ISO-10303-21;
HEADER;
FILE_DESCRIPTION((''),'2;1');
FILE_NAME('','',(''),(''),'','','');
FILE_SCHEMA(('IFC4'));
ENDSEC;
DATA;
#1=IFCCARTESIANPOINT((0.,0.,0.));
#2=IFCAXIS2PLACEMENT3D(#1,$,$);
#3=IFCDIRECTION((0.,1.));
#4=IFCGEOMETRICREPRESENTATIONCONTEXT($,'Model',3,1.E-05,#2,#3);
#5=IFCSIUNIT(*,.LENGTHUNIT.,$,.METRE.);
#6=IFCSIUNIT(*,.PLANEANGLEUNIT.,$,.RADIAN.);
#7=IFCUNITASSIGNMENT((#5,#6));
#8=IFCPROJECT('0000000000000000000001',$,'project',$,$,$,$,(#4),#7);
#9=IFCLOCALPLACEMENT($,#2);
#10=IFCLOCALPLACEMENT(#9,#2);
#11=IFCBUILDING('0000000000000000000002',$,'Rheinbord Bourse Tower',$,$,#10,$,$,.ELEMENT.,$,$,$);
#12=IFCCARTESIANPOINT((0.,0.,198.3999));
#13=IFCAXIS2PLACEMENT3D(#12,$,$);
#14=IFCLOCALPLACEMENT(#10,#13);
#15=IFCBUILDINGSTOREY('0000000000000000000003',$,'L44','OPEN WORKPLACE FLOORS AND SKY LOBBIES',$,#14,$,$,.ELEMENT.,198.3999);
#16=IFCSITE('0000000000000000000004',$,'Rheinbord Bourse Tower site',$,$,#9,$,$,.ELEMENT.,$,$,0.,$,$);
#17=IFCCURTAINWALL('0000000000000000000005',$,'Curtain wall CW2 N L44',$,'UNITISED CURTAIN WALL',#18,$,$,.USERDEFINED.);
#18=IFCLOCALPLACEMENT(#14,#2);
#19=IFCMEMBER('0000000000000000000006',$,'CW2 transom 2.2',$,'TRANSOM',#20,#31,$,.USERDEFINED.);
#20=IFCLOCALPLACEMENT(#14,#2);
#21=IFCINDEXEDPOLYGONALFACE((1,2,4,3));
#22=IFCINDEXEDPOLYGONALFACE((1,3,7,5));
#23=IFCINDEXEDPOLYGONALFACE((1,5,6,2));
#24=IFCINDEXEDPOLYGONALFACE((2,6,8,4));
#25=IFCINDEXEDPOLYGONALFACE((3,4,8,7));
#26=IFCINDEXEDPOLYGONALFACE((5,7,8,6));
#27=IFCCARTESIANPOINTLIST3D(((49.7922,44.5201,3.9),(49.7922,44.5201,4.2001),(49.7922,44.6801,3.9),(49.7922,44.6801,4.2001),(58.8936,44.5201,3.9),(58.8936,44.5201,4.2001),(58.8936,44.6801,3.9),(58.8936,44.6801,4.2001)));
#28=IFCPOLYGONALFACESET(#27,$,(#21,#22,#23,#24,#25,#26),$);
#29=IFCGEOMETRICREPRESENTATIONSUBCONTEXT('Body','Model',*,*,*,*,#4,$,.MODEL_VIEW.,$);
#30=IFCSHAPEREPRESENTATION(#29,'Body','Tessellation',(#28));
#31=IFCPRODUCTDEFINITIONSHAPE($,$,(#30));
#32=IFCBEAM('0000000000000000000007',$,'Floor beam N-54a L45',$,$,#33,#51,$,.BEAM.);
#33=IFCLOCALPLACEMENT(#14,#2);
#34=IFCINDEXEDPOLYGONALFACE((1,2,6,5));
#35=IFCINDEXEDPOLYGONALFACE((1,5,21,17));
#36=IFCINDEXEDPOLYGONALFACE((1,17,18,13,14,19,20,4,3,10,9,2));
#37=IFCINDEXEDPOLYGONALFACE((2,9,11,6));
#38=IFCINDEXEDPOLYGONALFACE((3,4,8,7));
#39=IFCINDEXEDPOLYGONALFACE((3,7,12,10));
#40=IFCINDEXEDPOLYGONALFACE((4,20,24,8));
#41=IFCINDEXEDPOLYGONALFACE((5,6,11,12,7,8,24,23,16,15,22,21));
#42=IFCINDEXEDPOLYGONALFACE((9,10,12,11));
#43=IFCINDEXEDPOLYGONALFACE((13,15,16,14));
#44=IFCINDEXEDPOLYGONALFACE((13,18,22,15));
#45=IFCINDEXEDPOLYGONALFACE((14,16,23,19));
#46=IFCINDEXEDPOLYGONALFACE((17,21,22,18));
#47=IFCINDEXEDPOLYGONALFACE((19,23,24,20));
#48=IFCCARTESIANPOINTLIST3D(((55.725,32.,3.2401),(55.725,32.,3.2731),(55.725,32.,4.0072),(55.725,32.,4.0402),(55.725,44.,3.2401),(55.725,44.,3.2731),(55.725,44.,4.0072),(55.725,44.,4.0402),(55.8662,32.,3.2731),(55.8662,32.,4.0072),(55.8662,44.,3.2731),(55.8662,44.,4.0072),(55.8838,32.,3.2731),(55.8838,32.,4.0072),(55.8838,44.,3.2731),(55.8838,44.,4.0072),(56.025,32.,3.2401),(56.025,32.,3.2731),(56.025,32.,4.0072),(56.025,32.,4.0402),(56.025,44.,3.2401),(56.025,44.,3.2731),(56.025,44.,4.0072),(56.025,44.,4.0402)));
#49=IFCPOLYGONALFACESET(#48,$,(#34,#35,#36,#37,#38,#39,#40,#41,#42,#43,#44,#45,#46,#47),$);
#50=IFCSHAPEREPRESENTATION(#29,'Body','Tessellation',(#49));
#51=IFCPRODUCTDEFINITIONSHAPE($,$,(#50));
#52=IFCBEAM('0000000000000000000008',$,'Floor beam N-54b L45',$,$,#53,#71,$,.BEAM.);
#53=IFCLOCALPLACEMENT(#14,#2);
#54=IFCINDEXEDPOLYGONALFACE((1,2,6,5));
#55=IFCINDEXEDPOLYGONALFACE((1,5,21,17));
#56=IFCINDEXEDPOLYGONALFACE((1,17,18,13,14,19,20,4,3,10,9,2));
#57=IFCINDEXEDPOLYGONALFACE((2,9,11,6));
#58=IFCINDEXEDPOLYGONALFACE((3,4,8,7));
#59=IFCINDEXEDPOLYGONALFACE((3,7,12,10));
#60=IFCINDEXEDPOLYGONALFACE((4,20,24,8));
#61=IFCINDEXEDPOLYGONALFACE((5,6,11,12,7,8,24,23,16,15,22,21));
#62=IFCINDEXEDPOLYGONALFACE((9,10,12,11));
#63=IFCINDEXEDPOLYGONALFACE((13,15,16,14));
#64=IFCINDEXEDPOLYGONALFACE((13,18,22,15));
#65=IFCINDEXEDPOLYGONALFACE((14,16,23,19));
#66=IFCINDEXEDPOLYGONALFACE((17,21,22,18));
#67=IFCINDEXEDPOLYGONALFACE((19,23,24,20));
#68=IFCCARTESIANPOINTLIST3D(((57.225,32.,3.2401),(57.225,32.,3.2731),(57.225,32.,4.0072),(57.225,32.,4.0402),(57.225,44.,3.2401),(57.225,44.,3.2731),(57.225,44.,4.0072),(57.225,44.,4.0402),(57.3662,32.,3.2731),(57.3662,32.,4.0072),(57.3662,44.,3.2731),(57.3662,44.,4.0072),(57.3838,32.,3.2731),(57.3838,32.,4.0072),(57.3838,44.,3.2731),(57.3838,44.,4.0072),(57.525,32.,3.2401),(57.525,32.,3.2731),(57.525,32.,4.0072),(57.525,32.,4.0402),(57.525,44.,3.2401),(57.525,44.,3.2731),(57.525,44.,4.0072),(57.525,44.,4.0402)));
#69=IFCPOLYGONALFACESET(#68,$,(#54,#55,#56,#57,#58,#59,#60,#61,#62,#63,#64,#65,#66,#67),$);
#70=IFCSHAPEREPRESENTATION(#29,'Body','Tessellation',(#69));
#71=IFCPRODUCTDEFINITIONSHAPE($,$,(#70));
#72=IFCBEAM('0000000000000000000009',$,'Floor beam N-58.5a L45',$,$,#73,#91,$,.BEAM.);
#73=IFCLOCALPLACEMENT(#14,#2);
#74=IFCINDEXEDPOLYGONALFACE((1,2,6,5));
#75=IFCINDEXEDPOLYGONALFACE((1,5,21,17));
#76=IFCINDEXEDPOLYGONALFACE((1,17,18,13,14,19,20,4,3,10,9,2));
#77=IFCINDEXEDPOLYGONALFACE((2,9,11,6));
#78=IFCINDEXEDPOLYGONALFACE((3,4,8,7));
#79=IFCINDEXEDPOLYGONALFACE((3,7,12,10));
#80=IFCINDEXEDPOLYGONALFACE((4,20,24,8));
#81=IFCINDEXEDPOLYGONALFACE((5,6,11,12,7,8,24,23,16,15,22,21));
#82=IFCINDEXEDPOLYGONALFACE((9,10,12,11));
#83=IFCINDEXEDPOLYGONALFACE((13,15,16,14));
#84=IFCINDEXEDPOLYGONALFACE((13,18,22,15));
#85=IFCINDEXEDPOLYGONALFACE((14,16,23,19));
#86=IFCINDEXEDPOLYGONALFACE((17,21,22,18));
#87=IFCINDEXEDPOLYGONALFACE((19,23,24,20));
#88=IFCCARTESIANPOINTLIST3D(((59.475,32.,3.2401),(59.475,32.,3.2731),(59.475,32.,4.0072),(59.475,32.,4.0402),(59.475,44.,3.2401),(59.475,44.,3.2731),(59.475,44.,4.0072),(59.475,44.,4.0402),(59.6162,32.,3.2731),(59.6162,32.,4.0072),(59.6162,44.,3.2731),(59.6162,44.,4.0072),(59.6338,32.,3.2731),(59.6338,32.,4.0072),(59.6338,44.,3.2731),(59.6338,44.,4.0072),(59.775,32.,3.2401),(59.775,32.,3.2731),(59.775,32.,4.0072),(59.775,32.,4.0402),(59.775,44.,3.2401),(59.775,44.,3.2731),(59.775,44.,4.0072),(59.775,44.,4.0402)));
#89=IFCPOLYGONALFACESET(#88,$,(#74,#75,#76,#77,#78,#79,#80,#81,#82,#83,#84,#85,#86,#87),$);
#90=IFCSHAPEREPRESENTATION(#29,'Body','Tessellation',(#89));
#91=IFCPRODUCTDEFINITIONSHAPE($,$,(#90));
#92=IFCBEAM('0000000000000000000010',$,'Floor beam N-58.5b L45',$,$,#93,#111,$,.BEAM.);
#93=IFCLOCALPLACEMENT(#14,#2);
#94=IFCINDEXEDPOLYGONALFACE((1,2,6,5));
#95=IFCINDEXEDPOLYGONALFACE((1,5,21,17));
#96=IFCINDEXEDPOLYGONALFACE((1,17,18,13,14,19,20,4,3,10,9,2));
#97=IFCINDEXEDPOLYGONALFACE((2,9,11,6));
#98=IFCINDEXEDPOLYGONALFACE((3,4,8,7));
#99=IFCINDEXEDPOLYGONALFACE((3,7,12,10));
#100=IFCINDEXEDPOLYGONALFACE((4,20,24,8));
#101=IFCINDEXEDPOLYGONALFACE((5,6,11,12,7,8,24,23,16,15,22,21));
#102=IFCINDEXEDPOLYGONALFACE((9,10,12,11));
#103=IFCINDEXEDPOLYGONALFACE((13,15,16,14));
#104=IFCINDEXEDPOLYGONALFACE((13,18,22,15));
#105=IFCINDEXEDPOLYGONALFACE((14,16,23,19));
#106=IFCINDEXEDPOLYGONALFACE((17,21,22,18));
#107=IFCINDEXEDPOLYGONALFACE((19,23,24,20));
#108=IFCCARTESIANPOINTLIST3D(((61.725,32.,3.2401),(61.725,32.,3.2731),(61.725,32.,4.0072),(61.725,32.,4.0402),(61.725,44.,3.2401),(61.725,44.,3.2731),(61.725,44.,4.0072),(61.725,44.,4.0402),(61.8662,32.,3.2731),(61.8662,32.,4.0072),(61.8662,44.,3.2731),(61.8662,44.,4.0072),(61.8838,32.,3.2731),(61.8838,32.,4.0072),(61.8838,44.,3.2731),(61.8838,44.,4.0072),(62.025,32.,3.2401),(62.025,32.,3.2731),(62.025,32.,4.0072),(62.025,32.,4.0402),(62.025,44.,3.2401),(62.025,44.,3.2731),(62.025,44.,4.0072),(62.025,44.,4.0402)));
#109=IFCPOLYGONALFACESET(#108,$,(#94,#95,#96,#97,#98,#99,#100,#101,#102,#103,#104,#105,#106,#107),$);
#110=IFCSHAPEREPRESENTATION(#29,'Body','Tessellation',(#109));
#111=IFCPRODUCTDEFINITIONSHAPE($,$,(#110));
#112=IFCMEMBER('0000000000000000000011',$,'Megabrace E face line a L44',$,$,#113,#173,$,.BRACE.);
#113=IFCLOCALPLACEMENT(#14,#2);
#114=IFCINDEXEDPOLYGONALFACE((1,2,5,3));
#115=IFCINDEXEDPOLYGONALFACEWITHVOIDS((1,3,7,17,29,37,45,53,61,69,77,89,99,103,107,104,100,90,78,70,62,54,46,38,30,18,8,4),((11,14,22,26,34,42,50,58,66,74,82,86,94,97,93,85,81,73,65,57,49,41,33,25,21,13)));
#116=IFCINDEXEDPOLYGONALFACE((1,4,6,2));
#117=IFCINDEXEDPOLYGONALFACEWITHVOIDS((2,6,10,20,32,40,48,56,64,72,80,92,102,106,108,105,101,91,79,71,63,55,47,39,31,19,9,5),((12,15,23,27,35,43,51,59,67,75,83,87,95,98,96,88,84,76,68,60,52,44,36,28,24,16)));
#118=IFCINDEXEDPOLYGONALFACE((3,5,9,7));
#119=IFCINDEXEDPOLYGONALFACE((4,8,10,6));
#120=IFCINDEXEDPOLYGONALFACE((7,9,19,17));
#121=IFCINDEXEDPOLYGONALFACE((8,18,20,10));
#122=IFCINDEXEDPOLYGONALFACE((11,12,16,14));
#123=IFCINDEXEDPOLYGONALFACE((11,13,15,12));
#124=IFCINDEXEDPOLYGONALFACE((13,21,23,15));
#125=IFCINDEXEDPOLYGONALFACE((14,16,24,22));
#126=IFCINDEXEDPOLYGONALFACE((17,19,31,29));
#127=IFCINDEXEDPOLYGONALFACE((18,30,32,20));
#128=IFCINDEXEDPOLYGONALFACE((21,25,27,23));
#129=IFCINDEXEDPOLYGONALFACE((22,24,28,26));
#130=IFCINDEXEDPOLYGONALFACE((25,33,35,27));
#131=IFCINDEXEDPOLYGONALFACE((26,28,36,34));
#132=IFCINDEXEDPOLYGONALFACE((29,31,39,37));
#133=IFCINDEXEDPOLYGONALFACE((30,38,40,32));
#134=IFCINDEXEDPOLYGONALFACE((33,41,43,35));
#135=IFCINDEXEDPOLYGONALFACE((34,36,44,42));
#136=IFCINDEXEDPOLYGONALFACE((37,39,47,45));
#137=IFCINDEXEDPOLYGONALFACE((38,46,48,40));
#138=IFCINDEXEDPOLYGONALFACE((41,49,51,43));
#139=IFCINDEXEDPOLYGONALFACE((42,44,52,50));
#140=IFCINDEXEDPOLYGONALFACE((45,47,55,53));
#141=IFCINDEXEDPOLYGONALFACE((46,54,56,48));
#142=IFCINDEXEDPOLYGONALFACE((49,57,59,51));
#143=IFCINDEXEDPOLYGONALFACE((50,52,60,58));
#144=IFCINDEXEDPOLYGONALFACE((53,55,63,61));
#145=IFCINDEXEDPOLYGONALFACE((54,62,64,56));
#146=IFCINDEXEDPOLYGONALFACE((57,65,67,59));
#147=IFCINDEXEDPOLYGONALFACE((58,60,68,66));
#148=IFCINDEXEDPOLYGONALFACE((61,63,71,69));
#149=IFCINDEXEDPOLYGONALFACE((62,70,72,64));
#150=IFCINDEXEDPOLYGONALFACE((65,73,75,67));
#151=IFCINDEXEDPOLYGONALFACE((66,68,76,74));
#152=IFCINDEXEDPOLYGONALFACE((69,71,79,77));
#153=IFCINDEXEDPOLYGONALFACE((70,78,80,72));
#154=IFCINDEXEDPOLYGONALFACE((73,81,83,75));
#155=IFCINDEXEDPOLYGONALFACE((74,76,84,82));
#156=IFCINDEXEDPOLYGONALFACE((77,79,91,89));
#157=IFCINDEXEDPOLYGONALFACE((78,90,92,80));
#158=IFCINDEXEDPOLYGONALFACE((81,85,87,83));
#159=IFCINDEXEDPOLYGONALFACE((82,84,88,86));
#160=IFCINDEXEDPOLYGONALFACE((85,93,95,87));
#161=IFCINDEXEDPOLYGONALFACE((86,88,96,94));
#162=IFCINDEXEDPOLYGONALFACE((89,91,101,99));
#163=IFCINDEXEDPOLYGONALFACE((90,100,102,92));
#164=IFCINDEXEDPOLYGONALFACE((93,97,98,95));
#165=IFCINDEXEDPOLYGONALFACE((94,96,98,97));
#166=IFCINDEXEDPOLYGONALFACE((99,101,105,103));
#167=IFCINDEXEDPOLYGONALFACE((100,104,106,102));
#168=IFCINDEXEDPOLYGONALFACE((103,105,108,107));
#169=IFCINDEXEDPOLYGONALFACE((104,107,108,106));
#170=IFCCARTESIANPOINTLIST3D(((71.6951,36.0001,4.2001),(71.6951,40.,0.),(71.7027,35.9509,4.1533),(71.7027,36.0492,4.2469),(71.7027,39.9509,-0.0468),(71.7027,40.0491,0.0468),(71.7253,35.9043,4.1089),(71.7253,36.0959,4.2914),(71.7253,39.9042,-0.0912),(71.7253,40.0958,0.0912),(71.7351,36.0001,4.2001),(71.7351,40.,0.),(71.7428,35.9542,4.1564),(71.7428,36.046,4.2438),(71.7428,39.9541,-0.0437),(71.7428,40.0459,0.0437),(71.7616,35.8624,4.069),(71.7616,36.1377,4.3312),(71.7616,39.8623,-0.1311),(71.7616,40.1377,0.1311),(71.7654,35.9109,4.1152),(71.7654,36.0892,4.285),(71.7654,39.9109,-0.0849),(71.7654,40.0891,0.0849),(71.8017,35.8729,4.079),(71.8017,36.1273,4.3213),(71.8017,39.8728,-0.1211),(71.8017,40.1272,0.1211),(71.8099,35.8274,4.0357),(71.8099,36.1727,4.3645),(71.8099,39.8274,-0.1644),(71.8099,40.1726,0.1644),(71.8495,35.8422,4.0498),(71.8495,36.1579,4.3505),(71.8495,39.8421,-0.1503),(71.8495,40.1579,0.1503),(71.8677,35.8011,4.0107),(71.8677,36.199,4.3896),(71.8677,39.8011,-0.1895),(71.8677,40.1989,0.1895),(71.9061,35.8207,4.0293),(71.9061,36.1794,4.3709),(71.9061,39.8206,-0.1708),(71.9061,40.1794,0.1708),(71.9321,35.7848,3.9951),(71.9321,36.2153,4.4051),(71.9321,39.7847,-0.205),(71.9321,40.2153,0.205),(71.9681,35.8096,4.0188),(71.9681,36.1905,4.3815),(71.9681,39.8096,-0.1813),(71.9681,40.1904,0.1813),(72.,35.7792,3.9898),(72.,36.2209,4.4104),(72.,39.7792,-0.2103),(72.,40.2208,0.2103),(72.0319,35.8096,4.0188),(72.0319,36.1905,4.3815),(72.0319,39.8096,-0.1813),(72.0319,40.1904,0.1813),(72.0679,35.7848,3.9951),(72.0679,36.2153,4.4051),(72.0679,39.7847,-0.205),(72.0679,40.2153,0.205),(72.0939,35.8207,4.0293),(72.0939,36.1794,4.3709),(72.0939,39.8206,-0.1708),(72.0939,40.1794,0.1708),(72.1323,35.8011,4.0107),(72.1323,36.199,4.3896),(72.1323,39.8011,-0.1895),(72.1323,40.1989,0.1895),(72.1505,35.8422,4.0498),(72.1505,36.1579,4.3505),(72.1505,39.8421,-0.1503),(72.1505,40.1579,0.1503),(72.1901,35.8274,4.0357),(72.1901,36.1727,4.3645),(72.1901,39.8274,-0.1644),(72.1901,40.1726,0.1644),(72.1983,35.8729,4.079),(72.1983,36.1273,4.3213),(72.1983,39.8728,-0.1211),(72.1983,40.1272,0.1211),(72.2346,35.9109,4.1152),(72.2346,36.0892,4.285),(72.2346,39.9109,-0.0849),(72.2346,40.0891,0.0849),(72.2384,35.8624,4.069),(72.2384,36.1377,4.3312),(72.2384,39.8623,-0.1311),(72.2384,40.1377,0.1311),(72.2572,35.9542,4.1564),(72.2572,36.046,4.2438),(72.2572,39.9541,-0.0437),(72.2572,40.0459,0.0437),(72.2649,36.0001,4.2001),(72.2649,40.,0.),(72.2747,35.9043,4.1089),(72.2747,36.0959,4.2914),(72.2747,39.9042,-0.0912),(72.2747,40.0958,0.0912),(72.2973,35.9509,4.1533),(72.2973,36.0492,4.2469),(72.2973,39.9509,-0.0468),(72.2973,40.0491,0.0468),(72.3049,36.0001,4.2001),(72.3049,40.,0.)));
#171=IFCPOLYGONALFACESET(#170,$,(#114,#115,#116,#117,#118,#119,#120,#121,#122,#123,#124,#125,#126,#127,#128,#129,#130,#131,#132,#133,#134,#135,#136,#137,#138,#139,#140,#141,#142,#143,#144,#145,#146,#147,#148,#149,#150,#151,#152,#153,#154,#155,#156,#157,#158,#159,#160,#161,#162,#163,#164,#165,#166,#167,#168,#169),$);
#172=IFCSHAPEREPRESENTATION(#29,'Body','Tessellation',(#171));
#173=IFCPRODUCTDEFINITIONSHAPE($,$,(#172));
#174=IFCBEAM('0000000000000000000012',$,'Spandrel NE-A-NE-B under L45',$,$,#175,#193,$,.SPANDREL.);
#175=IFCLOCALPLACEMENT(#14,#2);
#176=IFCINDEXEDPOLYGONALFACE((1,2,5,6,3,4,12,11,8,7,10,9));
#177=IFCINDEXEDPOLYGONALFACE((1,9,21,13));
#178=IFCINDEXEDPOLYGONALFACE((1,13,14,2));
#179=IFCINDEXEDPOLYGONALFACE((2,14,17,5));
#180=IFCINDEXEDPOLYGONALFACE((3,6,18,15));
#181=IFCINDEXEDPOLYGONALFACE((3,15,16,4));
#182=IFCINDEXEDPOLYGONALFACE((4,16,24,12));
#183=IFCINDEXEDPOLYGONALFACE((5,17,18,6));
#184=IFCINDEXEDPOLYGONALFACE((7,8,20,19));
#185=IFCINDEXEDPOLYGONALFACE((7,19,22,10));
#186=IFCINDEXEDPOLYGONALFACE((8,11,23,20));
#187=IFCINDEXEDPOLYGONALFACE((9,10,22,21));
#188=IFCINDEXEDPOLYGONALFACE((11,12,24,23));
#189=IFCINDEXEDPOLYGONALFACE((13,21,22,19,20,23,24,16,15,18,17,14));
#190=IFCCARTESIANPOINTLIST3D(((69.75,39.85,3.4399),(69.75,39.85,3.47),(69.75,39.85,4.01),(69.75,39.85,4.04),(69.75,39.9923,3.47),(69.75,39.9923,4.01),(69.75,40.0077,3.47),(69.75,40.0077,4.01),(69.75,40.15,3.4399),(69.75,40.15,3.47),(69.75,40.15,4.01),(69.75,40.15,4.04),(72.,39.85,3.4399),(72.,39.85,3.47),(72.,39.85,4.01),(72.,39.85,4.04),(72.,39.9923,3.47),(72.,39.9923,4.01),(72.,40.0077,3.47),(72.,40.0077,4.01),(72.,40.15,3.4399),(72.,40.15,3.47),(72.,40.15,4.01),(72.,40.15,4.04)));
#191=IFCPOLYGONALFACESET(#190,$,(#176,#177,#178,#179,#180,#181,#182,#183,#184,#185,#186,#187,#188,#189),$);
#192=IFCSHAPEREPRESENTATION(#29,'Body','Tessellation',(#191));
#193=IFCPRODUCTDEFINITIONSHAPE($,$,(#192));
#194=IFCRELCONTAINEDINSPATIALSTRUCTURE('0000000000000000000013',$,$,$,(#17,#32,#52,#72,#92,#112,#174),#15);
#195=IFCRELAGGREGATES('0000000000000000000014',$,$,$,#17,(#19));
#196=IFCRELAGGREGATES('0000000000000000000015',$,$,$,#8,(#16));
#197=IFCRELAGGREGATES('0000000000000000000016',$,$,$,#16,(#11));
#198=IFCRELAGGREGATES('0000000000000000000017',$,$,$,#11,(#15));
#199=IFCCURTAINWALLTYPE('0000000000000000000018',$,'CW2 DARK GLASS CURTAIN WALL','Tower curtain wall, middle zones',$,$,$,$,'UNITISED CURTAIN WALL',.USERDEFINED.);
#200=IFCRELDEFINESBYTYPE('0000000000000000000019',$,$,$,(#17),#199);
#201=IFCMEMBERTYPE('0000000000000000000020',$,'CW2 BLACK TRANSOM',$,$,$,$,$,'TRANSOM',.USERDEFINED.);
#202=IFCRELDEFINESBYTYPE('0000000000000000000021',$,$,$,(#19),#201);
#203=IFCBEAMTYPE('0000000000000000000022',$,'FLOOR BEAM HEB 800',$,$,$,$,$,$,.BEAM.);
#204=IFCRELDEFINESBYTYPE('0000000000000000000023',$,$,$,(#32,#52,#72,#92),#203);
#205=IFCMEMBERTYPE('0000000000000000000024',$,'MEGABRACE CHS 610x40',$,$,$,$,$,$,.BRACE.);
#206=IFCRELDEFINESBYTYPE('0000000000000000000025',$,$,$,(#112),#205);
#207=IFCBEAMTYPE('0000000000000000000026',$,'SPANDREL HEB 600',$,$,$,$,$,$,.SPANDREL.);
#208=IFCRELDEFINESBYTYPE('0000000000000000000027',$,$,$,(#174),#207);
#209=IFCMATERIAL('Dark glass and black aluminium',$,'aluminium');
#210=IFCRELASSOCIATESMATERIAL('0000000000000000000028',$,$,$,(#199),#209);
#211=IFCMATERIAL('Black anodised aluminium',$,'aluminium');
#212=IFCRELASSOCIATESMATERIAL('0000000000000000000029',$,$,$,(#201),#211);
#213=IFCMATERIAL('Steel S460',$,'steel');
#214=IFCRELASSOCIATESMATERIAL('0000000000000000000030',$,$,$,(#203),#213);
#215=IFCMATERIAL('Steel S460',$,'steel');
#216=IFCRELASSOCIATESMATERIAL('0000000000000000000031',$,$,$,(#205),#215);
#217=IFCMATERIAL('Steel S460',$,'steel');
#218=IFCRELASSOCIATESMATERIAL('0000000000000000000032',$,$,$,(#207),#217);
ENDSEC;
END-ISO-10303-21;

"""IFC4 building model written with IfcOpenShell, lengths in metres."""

from ifc_helpers import new_model, si_unit, direction, frame, origin, origin_2d, place, context, subcontext, project, spatial, rectangle, hollow_circle, i_section, extrude, material, material_profile, profile_set, type_object, element, aggregate, save


model = new_model("IFC4")

# Units and contexts
model_context = context("Model", 3, precision=1e-05, world=origin(), true_north=direction((0.0, 1.0)))
body_context = subcontext(model_context, "Body", "Model", "MODEL_VIEW")
ifc_project = project(units=[si_unit("LENGTHUNIT", "METRE"), si_unit("PLANEANGLEUNIT", "RADIAN")], contexts=[model_context])

# Site, building, storey
site_placement = place(None, origin())
site = spatial("IfcSite", under=ifc_project, at=site_placement, Name="Rheinbord Bourse Tower site", CompositionType="ELEMENT", RefElevation=0.0)
building_placement = place(site_placement, origin())
building = spatial("IfcBuilding", under=site, at=building_placement, Name="Rheinbord Bourse Tower", CompositionType="ELEMENT")
storey_placement = place(building_placement, frame((0.0, 0.0, 198.3999)))
storey = spatial("IfcBuildingStorey", under=building, at=storey_placement, Name="L44", Description="OPEN WORKPLACE FLOORS AND SKY LOBBIES", CompositionType="ELEMENT", Elevation=198.3999)

# Curtain wall, member
ifc_material_1 = material(Name="Dark glass and black aluminium", Category="aluminium")
curtain_wall_type = type_object("IfcCurtainWallType", Name="CW2 DARK GLASS CURTAIN WALL", Description="Tower curtain wall, middle zones", ElementType="UNITISED CURTAIN WALL", PredefinedType="USERDEFINED", material=ifc_material_1)
curtain_wall_1_placement = place(storey_placement, origin())
curtain_wall_1 = element("IfcCurtainWall", 1, at=curtain_wall_1_placement, inside=storey, type_object=curtain_wall_type, Name="Curtain wall CW2 N L44", ObjectType="UNITISED CURTAIN WALL", PredefinedType="USERDEFINED")
ifc_material_2 = material(Name="Black anodised aluminium", Category="aluminium")
ifc_material_profile_1 = material_profile(ifc_material_2, rectangle(XDim=0.1599, YDim=0.3, at=origin_2d()), Name="CW2 TRANSOM 300x160")
ifc_profile_set_1 = profile_set([ifc_material_profile_1], Name="Black anodised aluminium")
member_type_1 = type_object("IfcMemberType", Name="CW2 BLACK TRANSOM", ElementType="TRANSOM", PredefinedType="USERDEFINED", material=ifc_profile_set_1)
member_1_placement = place(storey_placement, frame((58.8936, 44.6001, 4.05), z_axis=(-1.0, 0.0, 0.0), x_axis=(0.0, -1.0, 0.0)))
member_1 = element("IfcMember", 2, at=member_1_placement, type_object=member_type_1, Name="CW2 transom 2.2", ObjectType="TRANSOM", PredefinedType="USERDEFINED", context=body_context, shape_type="SweptSolid", body=[
    extrude(rectangle(XDim=0.1599, YDim=0.3, at=origin_2d()), origin(), (0.0, 0.0, 1.0), 9.1013),
])

# Beams
ifc_material_3 = material(Name="Steel S460", Category="steel")
ifc_material_profile_2 = material_profile(ifc_material_3, i_section(OverallWidth=0.3, OverallDepth=0.8, WebThickness=0.0176, FlangeThickness=0.033, at=origin_2d()), Name="HEB 800")
ifc_profile_set_2 = profile_set([ifc_material_profile_2], Name="Steel S460")
beam_type_1 = type_object("IfcBeamType", Name="FLOOR BEAM HEB 800", PredefinedType="BEAM", material=ifc_profile_set_2)
for number, where, z_axis, x_axis, name in (
    (3, (55.875, 44.0, 3.6401), (0.0, -1.0, 0.0), (1.0, 0.0, 0.0), "Floor beam N-54a L45"),
    (4, (57.375, 44.0, 3.6401), (0.0, -1.0, 0.0), (1.0, 0.0, 0.0), "Floor beam N-54b L45"),
    (5, (59.625, 44.0, 3.6401), (0.0, -1.0, 0.0), (1.0, 0.0, 0.0), "Floor beam N-58.5a L45"),
    (6, (61.875, 44.0, 3.6401), (0.0, -1.0, 0.0), (1.0, 0.0, 0.0), "Floor beam N-58.5b L45"),
):
    element("IfcBeam", number, at=place(storey_placement, frame(where, z_axis=z_axis, x_axis=x_axis)), inside=storey, type_object=beam_type_1, Name=name, PredefinedType="BEAM", context=body_context, shape_type="SweptSolid", body=[
        extrude(i_section(OverallWidth=0.3, OverallDepth=0.8, WebThickness=0.0176, FlangeThickness=0.033, at=origin_2d()), origin(), (0.0, 0.0, 1.0), 12.0),
    ])

# Member
ifc_material_4 = material(Name="Steel S460", Category="steel")
ifc_material_profile_3 = material_profile(ifc_material_4, hollow_circle(Radius=0.3049, WallThickness=0.04, at=origin_2d()), Name="CHS 610x40")
ifc_profile_set_3 = profile_set([ifc_material_profile_3], Name="Steel S460")
member_type_2 = type_object("IfcMemberType", Name="MEGABRACE CHS 610x40", PredefinedType="BRACE", material=ifc_profile_set_3)
member_2_placement = place(storey_placement, frame((72.0, 40.0, 0.0), z_axis=(0.0, -0.689638, 0.724154), x_axis=(1.0, 0.0, 0.0)))
element("IfcMember", 7, at=member_2_placement, inside=storey, type_object=member_type_2, Name="Megabrace E face line a L44", PredefinedType="BRACE", context=body_context, shape_type="SweptSolid", body=[
    extrude(hollow_circle(Radius=0.3049, WallThickness=0.04, at=origin_2d()), origin(), (0.0, 0.0, 1.0), 5.8),
])

# Beam
ifc_material_5 = material(Name="Steel S460", Category="steel")
ifc_material_profile_4 = material_profile(ifc_material_5, i_section(OverallWidth=0.3, OverallDepth=0.6001, WebThickness=0.0154, FlangeThickness=0.03, at=origin_2d()), Name="HEB 600")
ifc_profile_set_4 = profile_set([ifc_material_profile_4], Name="Steel S460")
beam_type_2 = type_object("IfcBeamType", Name="SPANDREL HEB 600", PredefinedType="SPANDREL", material=ifc_profile_set_4)
for number, where, z_axis, x_axis, name in (
    (8, (72.0, 40.0, 3.74), (-1.0, 0.0, 0.0), (0.0, -1.0, 0.0), "Spandrel NE-A-NE-B under L45"),
):
    element("IfcBeam", number, at=place(storey_placement, frame(where, z_axis=z_axis, x_axis=x_axis)), inside=storey, type_object=beam_type_2, Name=name, PredefinedType="SPANDREL", context=body_context, shape_type="SweptSolid", body=[
        extrude(i_section(OverallWidth=0.3, OverallDepth=0.6001, WebThickness=0.0154, FlangeThickness=0.03, at=origin_2d()), origin(), (0.0, 0.0, 1.0), 2.25),
    ])

aggregate(curtain_wall_1, [member_1])

save(model, "model.ifc")
